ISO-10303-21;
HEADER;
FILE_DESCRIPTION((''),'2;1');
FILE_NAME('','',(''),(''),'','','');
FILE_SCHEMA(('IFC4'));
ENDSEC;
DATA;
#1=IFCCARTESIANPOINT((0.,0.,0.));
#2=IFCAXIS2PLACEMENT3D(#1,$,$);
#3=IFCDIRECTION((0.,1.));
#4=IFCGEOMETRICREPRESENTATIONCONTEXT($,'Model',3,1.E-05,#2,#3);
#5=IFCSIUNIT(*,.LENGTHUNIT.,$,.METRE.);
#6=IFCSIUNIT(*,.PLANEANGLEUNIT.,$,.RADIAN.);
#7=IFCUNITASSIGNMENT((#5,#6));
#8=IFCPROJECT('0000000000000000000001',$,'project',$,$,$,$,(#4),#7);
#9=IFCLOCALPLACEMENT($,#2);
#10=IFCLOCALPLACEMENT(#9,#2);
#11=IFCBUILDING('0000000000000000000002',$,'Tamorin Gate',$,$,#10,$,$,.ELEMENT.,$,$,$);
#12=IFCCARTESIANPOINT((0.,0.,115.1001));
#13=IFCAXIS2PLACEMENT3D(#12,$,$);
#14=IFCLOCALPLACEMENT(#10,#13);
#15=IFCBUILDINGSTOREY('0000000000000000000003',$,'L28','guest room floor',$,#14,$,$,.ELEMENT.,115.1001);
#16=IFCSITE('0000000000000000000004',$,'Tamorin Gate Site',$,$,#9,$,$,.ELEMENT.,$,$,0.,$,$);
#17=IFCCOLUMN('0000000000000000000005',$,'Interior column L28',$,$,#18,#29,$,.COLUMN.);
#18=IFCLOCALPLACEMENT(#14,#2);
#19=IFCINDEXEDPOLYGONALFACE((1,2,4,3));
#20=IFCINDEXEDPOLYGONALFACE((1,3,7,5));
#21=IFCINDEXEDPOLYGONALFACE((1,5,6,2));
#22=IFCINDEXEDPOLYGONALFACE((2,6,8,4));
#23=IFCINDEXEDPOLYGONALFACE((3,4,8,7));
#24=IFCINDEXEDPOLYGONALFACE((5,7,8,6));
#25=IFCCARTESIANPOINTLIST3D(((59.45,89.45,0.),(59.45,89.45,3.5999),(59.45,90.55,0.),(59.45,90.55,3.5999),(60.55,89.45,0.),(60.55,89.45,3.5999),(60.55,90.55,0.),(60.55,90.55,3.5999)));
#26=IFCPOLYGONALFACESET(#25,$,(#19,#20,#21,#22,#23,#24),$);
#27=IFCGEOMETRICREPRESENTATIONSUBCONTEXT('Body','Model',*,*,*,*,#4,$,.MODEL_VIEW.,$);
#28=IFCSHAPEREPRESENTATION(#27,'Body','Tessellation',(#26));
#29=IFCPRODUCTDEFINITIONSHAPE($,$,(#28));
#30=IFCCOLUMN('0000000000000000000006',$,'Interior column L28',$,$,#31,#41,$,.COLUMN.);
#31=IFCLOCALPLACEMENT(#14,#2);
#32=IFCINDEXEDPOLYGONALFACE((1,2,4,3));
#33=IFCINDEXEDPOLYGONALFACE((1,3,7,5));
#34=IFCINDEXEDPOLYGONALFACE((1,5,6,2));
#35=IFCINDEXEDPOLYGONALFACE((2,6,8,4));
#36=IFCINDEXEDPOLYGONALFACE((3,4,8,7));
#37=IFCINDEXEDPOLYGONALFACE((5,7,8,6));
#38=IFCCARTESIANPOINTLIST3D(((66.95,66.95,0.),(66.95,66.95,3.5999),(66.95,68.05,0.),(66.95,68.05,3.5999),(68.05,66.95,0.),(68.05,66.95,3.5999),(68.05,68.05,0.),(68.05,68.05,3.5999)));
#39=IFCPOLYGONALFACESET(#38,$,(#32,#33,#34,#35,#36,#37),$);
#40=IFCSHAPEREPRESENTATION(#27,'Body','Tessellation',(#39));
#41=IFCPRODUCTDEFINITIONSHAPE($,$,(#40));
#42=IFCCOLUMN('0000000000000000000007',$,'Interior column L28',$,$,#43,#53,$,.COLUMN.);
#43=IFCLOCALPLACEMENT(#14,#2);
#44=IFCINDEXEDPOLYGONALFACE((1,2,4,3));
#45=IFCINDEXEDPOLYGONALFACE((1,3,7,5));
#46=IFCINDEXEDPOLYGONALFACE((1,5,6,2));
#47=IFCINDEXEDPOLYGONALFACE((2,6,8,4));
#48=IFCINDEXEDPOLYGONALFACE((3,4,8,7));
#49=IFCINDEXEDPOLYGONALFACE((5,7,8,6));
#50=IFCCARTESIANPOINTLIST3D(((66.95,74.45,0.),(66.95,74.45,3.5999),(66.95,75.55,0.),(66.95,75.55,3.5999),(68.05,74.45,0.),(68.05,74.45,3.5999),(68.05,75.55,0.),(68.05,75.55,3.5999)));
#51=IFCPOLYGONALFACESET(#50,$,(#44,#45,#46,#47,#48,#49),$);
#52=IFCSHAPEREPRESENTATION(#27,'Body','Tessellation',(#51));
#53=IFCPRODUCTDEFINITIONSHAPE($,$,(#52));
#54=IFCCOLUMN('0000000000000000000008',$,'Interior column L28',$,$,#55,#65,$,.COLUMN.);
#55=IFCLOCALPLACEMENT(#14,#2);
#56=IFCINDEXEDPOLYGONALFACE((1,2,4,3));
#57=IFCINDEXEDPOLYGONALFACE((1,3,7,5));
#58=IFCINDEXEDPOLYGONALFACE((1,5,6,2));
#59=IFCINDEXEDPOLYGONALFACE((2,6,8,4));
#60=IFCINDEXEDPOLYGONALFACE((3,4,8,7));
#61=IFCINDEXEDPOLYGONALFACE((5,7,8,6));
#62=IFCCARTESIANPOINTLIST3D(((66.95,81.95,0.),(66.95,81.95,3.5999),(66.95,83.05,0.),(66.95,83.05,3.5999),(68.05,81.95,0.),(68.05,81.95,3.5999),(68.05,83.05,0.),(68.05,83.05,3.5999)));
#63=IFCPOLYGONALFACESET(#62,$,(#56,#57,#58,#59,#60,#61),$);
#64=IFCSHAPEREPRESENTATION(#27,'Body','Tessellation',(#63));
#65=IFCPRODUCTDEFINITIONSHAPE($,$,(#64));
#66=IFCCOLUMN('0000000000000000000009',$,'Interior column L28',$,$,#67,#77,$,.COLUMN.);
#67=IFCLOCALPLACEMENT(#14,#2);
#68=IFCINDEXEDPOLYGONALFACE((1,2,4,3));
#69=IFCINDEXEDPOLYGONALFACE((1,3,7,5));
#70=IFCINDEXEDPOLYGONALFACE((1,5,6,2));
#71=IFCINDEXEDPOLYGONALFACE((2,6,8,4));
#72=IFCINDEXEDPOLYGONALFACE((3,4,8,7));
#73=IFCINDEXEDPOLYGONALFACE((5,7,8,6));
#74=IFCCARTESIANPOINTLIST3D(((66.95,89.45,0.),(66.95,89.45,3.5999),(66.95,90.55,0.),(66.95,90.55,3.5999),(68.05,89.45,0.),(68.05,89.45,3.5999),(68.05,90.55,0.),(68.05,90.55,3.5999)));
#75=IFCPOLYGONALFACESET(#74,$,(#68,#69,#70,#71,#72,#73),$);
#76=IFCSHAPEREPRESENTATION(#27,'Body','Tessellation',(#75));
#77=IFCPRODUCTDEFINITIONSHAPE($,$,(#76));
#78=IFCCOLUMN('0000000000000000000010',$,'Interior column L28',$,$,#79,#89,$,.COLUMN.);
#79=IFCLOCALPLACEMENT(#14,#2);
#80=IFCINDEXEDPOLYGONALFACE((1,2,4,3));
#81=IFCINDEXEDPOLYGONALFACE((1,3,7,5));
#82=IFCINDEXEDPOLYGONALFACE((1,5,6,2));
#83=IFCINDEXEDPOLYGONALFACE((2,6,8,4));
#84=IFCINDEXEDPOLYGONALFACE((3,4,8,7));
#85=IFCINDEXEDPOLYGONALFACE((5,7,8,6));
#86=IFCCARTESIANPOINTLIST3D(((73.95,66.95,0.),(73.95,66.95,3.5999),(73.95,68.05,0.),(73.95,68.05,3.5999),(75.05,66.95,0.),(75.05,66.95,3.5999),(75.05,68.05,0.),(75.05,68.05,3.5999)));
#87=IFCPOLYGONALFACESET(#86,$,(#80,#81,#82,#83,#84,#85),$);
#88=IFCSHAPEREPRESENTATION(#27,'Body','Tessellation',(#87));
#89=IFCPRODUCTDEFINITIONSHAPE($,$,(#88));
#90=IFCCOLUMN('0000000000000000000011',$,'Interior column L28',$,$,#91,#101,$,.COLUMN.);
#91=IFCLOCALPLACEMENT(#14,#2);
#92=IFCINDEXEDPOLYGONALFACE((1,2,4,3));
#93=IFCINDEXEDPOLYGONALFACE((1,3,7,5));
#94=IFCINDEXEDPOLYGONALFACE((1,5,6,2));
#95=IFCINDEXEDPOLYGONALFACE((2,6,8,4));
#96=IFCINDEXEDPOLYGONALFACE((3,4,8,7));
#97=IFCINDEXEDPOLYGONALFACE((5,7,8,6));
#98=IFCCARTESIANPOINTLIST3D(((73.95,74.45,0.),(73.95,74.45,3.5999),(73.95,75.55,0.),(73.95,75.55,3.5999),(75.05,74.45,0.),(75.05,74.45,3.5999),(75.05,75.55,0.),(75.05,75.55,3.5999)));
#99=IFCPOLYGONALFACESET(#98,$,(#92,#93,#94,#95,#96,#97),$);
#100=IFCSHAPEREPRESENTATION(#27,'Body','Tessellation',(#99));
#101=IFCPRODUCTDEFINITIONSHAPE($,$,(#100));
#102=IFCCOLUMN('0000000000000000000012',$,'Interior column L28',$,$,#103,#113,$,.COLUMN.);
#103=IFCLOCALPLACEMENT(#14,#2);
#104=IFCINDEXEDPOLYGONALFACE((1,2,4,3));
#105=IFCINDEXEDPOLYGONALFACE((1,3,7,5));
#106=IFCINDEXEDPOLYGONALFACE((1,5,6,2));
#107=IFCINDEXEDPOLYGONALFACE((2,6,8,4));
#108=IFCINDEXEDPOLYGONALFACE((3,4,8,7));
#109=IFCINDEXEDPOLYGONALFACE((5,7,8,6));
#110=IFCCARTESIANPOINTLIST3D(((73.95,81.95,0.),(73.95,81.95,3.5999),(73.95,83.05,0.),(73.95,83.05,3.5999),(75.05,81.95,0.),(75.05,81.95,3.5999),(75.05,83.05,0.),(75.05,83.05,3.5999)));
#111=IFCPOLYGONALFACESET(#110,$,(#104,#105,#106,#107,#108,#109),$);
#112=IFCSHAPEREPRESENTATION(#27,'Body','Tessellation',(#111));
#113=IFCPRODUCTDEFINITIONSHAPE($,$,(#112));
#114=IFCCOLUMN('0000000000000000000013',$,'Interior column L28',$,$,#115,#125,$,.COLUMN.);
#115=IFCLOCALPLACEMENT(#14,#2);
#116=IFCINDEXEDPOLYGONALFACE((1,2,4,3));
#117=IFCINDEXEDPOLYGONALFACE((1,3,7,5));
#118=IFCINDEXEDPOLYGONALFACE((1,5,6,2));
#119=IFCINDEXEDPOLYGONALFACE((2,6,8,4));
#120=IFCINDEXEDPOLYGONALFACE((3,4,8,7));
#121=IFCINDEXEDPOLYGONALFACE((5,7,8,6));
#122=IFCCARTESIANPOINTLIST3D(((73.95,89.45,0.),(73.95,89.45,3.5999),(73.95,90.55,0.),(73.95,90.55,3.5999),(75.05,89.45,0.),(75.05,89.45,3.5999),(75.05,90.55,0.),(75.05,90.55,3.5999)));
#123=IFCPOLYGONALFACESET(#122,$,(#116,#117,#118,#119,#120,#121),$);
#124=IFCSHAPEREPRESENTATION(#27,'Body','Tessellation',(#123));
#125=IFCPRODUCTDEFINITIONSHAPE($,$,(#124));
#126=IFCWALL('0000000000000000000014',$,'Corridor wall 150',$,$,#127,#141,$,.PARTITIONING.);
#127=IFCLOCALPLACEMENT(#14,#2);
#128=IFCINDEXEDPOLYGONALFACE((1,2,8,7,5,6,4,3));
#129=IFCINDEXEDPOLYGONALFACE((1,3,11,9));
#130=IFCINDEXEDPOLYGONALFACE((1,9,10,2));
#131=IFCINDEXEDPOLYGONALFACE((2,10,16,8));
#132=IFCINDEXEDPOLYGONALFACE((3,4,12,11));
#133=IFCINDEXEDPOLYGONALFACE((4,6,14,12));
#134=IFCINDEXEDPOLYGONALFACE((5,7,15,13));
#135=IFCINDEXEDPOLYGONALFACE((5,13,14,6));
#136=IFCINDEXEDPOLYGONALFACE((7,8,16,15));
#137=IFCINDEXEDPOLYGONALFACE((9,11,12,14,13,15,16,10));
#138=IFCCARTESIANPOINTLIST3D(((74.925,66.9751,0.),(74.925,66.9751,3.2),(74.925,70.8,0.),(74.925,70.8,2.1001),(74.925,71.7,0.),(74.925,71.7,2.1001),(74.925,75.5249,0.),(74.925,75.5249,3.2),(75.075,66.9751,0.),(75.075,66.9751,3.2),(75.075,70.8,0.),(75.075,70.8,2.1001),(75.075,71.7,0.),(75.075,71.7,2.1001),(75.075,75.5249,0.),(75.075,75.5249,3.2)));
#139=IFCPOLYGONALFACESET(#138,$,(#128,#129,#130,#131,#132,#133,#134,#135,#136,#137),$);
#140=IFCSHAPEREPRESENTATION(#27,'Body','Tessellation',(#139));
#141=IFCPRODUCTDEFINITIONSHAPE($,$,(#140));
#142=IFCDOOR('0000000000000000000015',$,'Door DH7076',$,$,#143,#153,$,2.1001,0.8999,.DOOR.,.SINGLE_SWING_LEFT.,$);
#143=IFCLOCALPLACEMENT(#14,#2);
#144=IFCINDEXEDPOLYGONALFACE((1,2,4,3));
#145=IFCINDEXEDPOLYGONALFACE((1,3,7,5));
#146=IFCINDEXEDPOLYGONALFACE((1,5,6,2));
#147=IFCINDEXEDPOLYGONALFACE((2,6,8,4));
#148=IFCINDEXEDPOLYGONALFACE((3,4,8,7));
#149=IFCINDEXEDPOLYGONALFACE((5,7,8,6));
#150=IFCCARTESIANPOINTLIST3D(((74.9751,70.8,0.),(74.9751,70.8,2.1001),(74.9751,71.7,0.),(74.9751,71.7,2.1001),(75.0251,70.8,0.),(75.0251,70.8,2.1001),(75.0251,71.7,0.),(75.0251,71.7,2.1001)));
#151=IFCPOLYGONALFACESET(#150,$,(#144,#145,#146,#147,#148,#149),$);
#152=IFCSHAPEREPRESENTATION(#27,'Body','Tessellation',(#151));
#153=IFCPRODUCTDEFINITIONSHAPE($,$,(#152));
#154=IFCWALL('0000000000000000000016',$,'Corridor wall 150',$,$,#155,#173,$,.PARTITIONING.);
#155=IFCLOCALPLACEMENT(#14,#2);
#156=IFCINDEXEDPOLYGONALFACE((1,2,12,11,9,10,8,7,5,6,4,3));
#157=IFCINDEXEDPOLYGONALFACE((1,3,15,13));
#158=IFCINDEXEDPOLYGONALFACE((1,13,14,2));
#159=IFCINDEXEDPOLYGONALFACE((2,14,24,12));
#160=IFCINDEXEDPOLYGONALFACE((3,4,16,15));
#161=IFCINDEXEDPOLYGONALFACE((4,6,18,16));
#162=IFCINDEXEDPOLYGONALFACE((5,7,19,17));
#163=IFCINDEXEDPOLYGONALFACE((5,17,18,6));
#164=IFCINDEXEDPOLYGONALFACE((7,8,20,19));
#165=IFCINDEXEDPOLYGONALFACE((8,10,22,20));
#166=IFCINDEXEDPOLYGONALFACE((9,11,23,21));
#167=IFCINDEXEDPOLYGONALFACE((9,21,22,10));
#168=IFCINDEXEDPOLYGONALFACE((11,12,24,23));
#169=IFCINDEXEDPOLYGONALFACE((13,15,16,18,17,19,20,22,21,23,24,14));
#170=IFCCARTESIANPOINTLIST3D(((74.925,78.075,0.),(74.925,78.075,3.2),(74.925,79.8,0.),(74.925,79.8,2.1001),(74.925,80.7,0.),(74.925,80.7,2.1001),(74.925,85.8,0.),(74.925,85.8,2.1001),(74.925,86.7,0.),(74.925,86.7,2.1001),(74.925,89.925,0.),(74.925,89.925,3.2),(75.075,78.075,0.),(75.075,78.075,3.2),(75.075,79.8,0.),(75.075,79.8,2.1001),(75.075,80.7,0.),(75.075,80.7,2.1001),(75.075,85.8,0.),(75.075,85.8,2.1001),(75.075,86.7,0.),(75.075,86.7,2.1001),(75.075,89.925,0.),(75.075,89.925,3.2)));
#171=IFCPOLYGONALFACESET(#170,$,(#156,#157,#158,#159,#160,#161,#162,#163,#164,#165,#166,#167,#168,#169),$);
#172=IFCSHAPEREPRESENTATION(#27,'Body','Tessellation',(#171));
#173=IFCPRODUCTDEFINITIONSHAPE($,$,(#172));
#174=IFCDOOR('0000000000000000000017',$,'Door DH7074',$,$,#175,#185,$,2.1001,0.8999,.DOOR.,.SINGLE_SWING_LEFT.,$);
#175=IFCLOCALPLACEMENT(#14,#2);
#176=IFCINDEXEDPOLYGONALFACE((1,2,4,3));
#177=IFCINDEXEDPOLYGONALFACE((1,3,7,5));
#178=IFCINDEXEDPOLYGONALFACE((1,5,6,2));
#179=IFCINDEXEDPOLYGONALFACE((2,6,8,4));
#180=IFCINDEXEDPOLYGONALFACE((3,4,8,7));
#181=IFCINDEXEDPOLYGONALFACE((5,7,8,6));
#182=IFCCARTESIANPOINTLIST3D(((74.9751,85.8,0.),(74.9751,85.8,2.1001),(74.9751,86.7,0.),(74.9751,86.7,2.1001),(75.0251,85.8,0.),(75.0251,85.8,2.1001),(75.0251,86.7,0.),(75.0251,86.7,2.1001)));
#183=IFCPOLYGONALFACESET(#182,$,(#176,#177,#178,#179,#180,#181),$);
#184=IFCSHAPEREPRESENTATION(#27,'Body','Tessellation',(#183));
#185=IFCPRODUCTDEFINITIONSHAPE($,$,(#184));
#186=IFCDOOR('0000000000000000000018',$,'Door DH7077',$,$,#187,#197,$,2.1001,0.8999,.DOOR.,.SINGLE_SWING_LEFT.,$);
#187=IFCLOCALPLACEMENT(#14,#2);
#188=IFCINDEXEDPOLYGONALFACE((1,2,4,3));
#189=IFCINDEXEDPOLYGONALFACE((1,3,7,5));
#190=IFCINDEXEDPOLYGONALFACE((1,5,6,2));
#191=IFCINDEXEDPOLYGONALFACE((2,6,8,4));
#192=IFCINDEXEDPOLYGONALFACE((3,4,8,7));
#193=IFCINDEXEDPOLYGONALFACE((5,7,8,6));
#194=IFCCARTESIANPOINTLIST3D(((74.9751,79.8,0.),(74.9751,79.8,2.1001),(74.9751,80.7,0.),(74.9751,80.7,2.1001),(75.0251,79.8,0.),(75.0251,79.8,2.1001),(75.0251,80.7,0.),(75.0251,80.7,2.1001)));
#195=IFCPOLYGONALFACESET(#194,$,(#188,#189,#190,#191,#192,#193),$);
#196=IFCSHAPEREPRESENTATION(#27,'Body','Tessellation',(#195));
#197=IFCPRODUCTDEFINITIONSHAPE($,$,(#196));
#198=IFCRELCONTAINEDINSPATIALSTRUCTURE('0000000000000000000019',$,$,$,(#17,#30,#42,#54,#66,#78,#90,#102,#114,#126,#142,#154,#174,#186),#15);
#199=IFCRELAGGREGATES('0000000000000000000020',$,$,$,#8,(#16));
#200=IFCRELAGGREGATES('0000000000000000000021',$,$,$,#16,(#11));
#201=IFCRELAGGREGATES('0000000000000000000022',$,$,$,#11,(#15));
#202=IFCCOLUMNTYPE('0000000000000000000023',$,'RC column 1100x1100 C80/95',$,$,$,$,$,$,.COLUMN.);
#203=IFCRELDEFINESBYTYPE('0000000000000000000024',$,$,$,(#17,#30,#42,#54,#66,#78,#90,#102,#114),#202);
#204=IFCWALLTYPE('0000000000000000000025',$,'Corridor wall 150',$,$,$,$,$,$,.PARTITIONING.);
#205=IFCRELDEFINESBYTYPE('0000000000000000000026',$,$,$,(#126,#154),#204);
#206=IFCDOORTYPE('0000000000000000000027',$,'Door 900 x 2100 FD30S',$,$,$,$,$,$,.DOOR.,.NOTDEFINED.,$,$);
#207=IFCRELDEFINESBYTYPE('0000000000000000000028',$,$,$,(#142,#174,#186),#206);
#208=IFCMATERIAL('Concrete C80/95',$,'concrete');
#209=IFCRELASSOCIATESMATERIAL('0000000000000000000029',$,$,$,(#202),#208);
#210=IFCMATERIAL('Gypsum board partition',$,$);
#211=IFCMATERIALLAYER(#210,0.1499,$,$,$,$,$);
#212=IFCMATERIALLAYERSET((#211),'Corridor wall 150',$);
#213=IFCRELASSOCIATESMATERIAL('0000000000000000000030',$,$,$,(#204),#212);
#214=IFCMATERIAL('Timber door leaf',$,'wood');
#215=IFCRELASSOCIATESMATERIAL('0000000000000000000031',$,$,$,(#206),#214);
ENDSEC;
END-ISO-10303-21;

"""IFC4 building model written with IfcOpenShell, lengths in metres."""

from ifc_helpers import new_model, si_unit, direction, frame, frame_2d, origin, origin_2d, place, context, subcontext, project, spatial, rectangle, extrude, material, layer, layer_set, material_profile, profile_set, type_object, element, fill, save


model = new_model("IFC4")

# Units and contexts
model_context = context("Model", 3, precision=1e-05, world=origin(), true_north=direction((0.0, 1.0)))
body_context = subcontext(model_context, "Body", "Model", "MODEL_VIEW")
ifc_project = project(units=[si_unit("LENGTHUNIT", "METRE"), si_unit("PLANEANGLEUNIT", "RADIAN")], contexts=[model_context])

# Site, building, storey
site_placement = place(None, origin())
site = spatial("IfcSite", under=ifc_project, at=site_placement, Name="Tamorin Gate Site", CompositionType="ELEMENT", RefElevation=0.0)
building_placement = place(site_placement, origin())
building = spatial("IfcBuilding", under=site, at=building_placement, Name="Tamorin Gate", CompositionType="ELEMENT")
storey_placement = place(building_placement, frame((0.0, 0.0, 115.1001)))
storey = spatial("IfcBuildingStorey", under=building, at=storey_placement, Name="L28", Description="guest room floor", CompositionType="ELEMENT", Elevation=115.1001)

# Columns
ifc_material_1 = material(Name="Concrete C80/95", Category="concrete")
ifc_material_profile = material_profile(ifc_material_1, rectangle(XDim=1.1001, YDim=1.1001, at=origin_2d()), Name="RC 1100x1100")
ifc_profile_set = profile_set([ifc_material_profile], Name="Concrete C80/95")
column_type = type_object("IfcColumnType", Name="RC column 1100x1100 C80/95", PredefinedType="COLUMN", material=ifc_profile_set)
for number, where, z_axis, x_axis, name in (
    (1, (60.0, 90.0, 0.0), (0.0, 0.0, 1.0), (1.0, 0.0, 0.0), "Interior column L28"),
    (2, (67.5, 67.5, 0.0), (0.0, 0.0, 1.0), (1.0, 0.0, 0.0), "Interior column L28"),
    (3, (67.5, 75.0, 0.0), (0.0, 0.0, 1.0), (1.0, 0.0, 0.0), "Interior column L28"),
    (4, (67.5, 82.5, 0.0), (0.0, 0.0, 1.0), (1.0, 0.0, 0.0), "Interior column L28"),
    (5, (67.5, 90.0, 0.0), (0.0, 0.0, 1.0), (1.0, 0.0, 0.0), "Interior column L28"),
    (6, (74.5, 67.5, 0.0), (0.0, 0.0, 1.0), (1.0, 0.0, 0.0), "Interior column L28"),
    (7, (74.5, 75.0, 0.0), (0.0, 0.0, 1.0), (1.0, 0.0, 0.0), "Interior column L28"),
    (8, (74.5, 82.5, 0.0), (0.0, 0.0, 1.0), (1.0, 0.0, 0.0), "Interior column L28"),
    (9, (74.5, 90.0, 0.0), (0.0, 0.0, 1.0), (1.0, 0.0, 0.0), "Interior column L28"),
):
    element("IfcColumn", number, at=place(storey_placement, frame(where, z_axis=z_axis, x_axis=x_axis)), inside=storey, type_object=column_type, Name=name, PredefinedType="COLUMN", context=body_context, shape_type="SweptSolid", body=[
        extrude(rectangle(XDim=1.1001, YDim=1.1001, at=origin_2d()), origin(), (0.0, 0.0, 1.0), 3.5999),
    ])

# Wall, opening, door
ifc_material_2 = material(Name="Gypsum board partition")
ifc_layer_1 = layer(ifc_material_2, 0.1499)
ifc_layer_set_1 = layer_set([ifc_layer_1], Name="Corridor wall 150")
wall_type_1 = type_object("IfcWallType", Name="Corridor wall 150", PredefinedType="PARTITIONING", material=ifc_layer_set_1)
wall_1_placement = place(storey_placement, frame((75.0, 66.9751, 0.0), z_axis=(0.0, 0.0, 1.0), x_axis=(0.0, 1.0, 0.0)))
wall_1 = element("IfcWall", 10, at=wall_1_placement, inside=storey, type_object=wall_type_1, Name="Corridor wall 150", PredefinedType="PARTITIONING", context=body_context, shape_type="SweptSolid", body=[
    extrude(rectangle(XDim=8.5498, YDim=0.1499, at=frame_2d((4.2749, 0.0))), origin(), (0.0, 0.0, 1.0), 3.2),
])
opening_1_placement = place(wall_1_placement, frame((3.825, 0.0, 0.0)))
opening_1 = element("IfcOpeningElement", 11, at=opening_1_placement, cuts=wall_1, PredefinedType="OPENING", context=body_context, shape_type="SweptSolid", body=[
    extrude(rectangle(XDim=0.8999, YDim=2.1001, at=frame_2d((0.45, 1.05))), frame((0.0, 0.085, 0.0), z_axis=(0.0, -1.0, 0.0), x_axis=(1.0, 0.0, 0.0)), (0.0, 0.0, 1.0), 0.1699),
])
ifc_material_3 = material(Name="Timber door leaf", Category="wood")
door_type = type_object("IfcDoorType", Name="Door 900 x 2100 FD30S", OperationType="NOTDEFINED", PredefinedType="DOOR", material=ifc_material_3)
door_1_placement = place(opening_1_placement, origin())
door_1 = element("IfcDoor", 12, at=door_1_placement, inside=storey, type_object=door_type, Name="Door DH7076", OperationType="SINGLE_SWING_LEFT", OverallHeight=2.1001, OverallWidth=0.8999, PredefinedType="DOOR", context=body_context, shape_type="SweptSolid", body=[
    extrude(rectangle(XDim=0.8999, YDim=2.1001, at=frame_2d((0.45, 1.05))), frame((0.0, 0.0249, 0.0), z_axis=(0.0, -1.0, 0.0), x_axis=(1.0, 0.0, 0.0)), (0.0, 0.0, 1.0), 0.05),
])
fill(opening_1, door_1)

# Wall, openings, doors
wall_2_placement = place(storey_placement, frame((75.0, 78.075, 0.0), z_axis=(0.0, 0.0, 1.0), x_axis=(0.0, 1.0, 0.0)))
wall_2 = element("IfcWall", 13, at=wall_2_placement, inside=storey, type_object=wall_type_1, Name="Corridor wall 150", PredefinedType="PARTITIONING", context=body_context, shape_type="SweptSolid", body=[
    extrude(rectangle(XDim=11.8501, YDim=0.1499, at=frame_2d((5.925, 0.0))), origin(), (0.0, 0.0, 1.0), 3.2),
])
opening_2_placement = place(wall_2_placement, frame((7.7251, 0.0, 0.0)))
opening_2 = element("IfcOpeningElement", 14, at=opening_2_placement, cuts=wall_2, PredefinedType="OPENING", context=body_context, shape_type="SweptSolid", body=[
    extrude(rectangle(XDim=0.8999, YDim=2.1001, at=frame_2d((0.45, 1.05))), frame((0.0, 0.085, 0.0), z_axis=(0.0, -1.0, 0.0), x_axis=(1.0, 0.0, 0.0)), (0.0, 0.0, 1.0), 0.1699),
])
opening_3_placement = place(wall_2_placement, frame((1.7251, 0.0, 0.0)))
opening_3 = element("IfcOpeningElement", 15, at=opening_3_placement, cuts=wall_2, PredefinedType="OPENING", context=body_context, shape_type="SweptSolid", body=[
    extrude(rectangle(XDim=0.8999, YDim=2.1001, at=frame_2d((0.45, 1.05))), frame((0.0, 0.085, 0.0), z_axis=(0.0, -1.0, 0.0), x_axis=(1.0, 0.0, 0.0)), (0.0, 0.0, 1.0), 0.1699),
])
door_2_placement = place(opening_2_placement, origin())
door_2 = element("IfcDoor", 16, at=door_2_placement, inside=storey, type_object=door_type, Name="Door DH7074", OperationType="SINGLE_SWING_LEFT", OverallHeight=2.1001, OverallWidth=0.8999, PredefinedType="DOOR", context=body_context, shape_type="SweptSolid", body=[
    extrude(rectangle(XDim=0.8999, YDim=2.1001, at=frame_2d((0.45, 1.05))), frame((0.0, 0.0249, 0.0), z_axis=(0.0, -1.0, 0.0), x_axis=(1.0, 0.0, 0.0)), (0.0, 0.0, 1.0), 0.05),
])
fill(opening_2, door_2)
door_3_placement = place(opening_3_placement, origin())
door_3 = element("IfcDoor", 17, at=door_3_placement, inside=storey, type_object=door_type, Name="Door DH7077", OperationType="SINGLE_SWING_LEFT", OverallHeight=2.1001, OverallWidth=0.8999, PredefinedType="DOOR", context=body_context, shape_type="SweptSolid", body=[
    extrude(rectangle(XDim=0.8999, YDim=2.1001, at=frame_2d((0.45, 1.05))), frame((0.0, 0.0249, 0.0), z_axis=(0.0, -1.0, 0.0), x_axis=(1.0, 0.0, 0.0)), (0.0, 0.0, 1.0), 0.05),
])
fill(opening_3, door_3)

save(model, "model.ifc")
